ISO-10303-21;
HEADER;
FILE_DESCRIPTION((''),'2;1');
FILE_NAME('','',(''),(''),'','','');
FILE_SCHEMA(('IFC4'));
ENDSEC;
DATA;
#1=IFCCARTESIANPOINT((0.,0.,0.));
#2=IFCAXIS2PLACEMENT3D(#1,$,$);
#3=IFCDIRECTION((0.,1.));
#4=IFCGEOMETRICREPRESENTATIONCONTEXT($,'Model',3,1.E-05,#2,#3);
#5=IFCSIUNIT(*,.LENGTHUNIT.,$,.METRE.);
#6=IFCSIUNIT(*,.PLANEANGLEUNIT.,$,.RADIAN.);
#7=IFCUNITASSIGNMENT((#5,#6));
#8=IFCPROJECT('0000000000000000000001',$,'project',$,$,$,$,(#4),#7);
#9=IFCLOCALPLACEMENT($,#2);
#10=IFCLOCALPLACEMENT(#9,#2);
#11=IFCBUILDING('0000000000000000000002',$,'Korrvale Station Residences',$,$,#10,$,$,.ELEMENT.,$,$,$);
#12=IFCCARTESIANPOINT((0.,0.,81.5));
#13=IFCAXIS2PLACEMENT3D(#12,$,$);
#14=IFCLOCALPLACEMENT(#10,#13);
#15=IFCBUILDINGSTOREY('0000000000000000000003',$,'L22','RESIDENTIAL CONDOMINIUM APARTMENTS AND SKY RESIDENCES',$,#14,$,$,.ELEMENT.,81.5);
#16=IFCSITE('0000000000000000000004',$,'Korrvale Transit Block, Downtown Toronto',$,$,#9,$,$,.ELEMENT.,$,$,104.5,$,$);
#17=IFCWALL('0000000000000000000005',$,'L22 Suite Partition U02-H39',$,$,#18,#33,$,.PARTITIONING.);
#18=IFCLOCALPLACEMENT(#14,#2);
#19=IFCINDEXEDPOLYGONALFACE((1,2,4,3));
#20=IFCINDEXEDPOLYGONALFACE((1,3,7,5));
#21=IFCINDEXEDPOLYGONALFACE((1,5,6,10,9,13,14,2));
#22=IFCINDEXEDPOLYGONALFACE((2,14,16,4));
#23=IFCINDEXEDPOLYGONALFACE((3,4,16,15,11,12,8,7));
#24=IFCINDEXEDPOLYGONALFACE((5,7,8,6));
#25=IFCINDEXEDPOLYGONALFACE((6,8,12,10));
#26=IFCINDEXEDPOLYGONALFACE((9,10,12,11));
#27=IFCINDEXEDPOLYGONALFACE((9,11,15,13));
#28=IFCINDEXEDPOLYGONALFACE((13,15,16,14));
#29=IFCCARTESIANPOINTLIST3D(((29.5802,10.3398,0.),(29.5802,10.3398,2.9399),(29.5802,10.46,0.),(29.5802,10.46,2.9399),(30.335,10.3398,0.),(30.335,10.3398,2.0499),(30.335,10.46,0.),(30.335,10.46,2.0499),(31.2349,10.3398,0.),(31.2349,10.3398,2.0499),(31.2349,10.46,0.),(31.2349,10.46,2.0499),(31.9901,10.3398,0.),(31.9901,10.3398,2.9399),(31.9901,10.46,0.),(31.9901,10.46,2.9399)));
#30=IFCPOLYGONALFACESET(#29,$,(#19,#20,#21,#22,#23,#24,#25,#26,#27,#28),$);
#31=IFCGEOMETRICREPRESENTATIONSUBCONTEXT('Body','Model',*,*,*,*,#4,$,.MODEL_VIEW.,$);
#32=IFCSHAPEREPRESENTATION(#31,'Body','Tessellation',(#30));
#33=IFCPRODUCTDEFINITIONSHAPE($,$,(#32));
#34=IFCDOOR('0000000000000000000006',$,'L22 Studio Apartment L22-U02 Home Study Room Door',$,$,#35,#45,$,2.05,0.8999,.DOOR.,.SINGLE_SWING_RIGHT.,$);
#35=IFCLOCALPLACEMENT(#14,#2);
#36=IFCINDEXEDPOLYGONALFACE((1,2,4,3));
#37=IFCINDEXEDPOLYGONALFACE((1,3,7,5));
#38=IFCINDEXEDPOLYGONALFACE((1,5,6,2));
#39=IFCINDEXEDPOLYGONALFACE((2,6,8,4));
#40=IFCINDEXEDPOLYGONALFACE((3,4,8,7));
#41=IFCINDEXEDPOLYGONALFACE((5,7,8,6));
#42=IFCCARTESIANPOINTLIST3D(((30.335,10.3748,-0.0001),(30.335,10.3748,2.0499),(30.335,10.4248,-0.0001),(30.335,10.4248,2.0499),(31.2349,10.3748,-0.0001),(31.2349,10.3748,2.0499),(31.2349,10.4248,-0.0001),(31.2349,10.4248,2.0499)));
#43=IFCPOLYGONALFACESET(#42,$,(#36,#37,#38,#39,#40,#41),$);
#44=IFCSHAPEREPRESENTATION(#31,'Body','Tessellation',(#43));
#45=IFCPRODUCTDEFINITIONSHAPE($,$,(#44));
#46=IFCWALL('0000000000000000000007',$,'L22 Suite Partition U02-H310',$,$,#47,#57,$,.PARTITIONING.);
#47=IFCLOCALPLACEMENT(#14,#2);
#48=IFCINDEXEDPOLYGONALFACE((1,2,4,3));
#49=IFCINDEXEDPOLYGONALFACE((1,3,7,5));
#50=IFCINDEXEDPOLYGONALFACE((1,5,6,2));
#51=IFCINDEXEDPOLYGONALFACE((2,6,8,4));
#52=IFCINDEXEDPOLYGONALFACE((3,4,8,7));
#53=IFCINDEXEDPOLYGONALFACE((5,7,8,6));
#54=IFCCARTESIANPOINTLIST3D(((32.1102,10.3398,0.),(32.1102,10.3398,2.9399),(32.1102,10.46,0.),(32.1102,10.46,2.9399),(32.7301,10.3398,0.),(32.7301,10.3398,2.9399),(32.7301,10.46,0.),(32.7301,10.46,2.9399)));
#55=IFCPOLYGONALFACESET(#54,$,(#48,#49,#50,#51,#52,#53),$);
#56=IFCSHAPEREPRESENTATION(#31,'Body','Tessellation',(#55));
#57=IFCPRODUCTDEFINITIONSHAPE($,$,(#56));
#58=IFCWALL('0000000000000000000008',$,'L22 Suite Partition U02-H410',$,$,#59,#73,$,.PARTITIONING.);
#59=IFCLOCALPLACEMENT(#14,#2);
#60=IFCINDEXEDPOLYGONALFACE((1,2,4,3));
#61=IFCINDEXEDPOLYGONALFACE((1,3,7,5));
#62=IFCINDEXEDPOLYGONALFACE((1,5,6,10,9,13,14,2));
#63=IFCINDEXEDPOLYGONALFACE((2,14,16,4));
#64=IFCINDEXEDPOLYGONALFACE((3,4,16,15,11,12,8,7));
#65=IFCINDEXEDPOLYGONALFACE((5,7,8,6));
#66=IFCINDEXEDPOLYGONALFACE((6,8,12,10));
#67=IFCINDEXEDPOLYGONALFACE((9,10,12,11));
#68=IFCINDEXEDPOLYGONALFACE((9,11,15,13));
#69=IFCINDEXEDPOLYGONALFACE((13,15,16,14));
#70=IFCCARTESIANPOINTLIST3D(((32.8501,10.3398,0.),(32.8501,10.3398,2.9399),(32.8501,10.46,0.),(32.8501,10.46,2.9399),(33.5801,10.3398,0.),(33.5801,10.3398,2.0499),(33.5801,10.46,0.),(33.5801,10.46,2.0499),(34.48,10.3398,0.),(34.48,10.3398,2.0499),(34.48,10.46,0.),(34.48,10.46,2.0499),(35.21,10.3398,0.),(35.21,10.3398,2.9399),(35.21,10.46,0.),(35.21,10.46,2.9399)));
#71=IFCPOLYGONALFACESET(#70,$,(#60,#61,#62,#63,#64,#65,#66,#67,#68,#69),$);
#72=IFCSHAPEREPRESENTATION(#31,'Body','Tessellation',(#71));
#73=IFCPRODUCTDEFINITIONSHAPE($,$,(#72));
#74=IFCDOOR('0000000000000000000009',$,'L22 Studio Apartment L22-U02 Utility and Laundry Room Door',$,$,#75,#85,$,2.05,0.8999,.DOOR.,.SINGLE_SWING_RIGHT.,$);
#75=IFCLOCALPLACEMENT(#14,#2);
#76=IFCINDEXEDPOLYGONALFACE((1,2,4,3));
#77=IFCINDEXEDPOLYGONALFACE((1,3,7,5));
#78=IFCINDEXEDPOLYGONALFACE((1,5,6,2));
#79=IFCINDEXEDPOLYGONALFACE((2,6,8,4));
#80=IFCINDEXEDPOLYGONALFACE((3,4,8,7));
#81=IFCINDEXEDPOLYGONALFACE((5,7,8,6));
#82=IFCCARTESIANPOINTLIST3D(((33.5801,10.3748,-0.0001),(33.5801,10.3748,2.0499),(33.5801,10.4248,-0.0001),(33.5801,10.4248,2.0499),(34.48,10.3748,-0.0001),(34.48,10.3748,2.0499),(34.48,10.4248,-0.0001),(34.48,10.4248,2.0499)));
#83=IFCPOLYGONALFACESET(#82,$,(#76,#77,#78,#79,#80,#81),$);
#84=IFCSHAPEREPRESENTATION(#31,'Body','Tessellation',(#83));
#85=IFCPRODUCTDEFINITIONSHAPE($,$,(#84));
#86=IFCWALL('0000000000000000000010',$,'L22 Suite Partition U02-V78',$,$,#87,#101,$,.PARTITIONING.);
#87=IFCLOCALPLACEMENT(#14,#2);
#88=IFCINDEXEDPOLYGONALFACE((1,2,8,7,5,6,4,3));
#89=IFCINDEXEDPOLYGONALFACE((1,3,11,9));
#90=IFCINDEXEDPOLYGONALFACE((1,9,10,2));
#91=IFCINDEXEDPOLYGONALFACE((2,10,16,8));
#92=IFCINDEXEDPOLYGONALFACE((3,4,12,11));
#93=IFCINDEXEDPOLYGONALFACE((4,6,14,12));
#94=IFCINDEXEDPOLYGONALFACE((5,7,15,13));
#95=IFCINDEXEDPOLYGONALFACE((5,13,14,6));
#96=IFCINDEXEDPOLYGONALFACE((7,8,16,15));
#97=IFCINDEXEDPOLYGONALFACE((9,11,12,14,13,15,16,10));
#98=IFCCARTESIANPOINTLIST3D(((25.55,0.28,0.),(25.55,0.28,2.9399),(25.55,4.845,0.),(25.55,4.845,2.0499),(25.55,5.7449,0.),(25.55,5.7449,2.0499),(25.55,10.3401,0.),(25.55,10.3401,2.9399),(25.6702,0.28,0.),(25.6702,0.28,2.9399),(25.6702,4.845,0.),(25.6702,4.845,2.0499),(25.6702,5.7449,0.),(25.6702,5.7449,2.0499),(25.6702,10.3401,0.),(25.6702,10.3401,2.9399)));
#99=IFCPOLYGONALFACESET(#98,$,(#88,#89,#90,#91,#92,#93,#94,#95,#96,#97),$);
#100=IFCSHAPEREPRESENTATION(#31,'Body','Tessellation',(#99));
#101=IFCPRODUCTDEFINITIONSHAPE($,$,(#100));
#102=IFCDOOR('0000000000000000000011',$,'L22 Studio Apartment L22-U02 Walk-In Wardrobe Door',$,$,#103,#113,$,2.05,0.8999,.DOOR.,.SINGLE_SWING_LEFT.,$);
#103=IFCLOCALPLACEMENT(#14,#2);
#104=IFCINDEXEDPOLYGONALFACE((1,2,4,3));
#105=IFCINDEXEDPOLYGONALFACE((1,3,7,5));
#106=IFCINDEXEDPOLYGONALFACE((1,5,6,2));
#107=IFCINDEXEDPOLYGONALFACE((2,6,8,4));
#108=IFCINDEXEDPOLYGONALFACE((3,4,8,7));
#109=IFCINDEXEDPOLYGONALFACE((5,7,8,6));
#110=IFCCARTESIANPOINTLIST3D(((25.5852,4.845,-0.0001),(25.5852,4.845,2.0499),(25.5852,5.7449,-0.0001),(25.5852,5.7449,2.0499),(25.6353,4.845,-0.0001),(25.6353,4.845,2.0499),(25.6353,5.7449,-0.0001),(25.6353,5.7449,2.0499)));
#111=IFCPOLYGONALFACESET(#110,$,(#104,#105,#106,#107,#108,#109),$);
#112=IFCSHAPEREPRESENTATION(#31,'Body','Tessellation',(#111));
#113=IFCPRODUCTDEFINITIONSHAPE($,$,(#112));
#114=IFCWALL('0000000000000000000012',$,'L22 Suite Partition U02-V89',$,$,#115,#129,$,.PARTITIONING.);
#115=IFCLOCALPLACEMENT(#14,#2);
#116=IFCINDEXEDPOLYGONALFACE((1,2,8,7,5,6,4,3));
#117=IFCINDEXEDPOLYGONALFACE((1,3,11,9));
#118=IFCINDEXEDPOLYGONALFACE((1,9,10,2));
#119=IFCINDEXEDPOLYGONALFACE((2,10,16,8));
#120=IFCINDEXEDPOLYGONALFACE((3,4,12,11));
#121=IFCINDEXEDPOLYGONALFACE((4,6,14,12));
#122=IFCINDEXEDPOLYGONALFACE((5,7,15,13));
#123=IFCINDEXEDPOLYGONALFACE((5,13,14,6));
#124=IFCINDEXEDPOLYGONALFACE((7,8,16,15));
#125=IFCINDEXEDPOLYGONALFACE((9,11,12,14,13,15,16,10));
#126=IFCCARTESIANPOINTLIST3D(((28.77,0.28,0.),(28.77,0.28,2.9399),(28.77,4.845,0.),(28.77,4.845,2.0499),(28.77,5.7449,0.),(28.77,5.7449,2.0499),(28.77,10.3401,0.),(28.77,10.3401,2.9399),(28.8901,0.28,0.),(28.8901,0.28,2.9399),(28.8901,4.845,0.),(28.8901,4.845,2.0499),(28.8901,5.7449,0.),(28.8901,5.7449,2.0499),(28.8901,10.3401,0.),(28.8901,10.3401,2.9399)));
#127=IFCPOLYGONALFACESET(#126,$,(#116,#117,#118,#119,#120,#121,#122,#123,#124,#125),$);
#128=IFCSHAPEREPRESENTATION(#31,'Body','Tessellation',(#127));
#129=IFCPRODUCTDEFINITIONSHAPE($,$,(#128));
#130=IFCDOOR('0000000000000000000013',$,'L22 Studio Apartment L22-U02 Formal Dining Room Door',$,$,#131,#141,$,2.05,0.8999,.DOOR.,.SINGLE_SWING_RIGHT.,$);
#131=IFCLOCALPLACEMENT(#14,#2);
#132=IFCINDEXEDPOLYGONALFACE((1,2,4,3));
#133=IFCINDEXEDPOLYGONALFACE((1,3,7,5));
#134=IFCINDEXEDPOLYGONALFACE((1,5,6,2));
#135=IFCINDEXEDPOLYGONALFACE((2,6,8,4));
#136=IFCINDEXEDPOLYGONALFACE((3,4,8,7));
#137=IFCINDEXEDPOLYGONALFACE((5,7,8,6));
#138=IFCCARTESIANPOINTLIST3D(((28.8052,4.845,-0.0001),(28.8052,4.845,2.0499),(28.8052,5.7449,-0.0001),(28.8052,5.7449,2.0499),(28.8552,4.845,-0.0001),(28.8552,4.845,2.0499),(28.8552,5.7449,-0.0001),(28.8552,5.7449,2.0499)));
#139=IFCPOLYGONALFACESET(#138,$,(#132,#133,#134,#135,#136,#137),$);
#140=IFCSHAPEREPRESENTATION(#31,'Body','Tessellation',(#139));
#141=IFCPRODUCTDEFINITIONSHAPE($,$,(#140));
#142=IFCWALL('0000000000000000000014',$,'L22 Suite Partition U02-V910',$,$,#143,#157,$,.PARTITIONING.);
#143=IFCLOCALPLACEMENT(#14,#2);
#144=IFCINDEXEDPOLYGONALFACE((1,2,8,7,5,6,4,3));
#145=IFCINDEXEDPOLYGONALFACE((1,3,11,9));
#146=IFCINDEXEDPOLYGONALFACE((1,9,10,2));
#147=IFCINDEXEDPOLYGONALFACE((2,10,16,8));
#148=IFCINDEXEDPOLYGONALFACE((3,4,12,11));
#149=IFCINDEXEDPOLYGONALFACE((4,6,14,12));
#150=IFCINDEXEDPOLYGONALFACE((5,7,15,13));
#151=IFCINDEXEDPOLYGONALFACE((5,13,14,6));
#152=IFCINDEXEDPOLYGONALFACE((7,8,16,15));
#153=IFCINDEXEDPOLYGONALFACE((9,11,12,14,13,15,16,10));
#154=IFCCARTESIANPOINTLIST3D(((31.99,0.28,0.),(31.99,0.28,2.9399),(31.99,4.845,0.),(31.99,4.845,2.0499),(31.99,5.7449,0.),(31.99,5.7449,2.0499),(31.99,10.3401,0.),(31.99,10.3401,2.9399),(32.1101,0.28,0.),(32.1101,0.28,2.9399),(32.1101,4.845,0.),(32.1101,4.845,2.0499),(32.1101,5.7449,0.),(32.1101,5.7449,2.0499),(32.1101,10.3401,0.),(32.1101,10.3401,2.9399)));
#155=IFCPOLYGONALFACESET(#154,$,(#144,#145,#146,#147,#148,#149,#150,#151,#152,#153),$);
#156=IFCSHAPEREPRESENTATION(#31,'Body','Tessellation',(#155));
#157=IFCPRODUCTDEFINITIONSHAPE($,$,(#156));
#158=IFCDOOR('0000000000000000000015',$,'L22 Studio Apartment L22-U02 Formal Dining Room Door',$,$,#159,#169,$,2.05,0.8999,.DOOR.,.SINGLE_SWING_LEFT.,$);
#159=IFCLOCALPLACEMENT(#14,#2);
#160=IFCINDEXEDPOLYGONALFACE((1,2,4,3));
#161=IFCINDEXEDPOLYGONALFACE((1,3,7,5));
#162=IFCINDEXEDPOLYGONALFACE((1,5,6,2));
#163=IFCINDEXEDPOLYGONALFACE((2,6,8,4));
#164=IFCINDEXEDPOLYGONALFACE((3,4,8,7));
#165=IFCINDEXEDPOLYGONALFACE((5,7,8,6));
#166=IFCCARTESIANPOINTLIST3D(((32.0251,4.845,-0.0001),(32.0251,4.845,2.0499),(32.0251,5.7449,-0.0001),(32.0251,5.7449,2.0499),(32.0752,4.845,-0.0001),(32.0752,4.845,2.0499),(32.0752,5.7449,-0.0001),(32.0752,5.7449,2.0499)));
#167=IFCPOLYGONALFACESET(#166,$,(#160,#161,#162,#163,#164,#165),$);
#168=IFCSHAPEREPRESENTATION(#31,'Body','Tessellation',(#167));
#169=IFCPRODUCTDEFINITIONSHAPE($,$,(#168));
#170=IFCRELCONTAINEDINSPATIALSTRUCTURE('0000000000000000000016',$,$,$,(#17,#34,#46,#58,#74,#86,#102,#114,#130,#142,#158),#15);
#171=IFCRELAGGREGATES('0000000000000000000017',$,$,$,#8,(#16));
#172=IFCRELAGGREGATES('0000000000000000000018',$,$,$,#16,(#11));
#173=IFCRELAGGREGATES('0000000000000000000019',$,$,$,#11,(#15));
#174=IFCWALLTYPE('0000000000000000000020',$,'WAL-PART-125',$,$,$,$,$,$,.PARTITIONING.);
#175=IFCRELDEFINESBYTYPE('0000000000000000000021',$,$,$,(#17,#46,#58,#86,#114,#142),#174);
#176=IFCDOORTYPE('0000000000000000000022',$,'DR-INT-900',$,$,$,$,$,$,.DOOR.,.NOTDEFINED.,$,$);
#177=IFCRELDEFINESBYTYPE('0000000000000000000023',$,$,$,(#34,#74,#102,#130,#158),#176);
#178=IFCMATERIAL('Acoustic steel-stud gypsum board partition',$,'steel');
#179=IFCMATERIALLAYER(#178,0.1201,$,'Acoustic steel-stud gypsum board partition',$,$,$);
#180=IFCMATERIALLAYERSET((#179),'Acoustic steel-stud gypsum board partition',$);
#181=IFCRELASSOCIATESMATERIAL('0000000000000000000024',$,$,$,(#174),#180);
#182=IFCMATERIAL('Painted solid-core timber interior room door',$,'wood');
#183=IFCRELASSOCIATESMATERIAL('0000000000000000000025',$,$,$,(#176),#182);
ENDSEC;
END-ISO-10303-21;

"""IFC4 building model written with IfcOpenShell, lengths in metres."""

from ifc_helpers import new_model, si_unit, direction, frame, frame_2d, origin, place, context, subcontext, project, spatial, rectangle, extrude, material, layer, layer_set, type_object, element, fill, save


model = new_model("IFC4")

# Units and contexts
model_context = context("Model", 3, precision=1e-05, world=origin(), true_north=direction((0.0, 1.0)))
body_context = subcontext(model_context, "Body", "Model", "MODEL_VIEW")
ifc_project = project(units=[si_unit("LENGTHUNIT", "METRE"), si_unit("PLANEANGLEUNIT", "RADIAN")], contexts=[model_context])

# Site, building, storey
site_placement = place(None, origin())
site = spatial("IfcSite", under=ifc_project, at=site_placement, Name="Korrvale Transit Block, Downtown Toronto", CompositionType="ELEMENT", RefElevation=104.5)
building_placement = place(site_placement, origin())
building = spatial("IfcBuilding", under=site, at=building_placement, Name="Korrvale Station Residences", CompositionType="ELEMENT")
storey_placement = place(building_placement, frame((0.0, 0.0, 81.5)))
storey = spatial("IfcBuildingStorey", under=building, at=storey_placement, Name="L22", Description="RESIDENTIAL CONDOMINIUM APARTMENTS AND SKY RESIDENCES", CompositionType="ELEMENT", Elevation=81.5)

# Shared definitions
ifc_material_1 = material(Name="Acoustic steel-stud gypsum board partition", Category="steel")
ifc_layer_1 = layer(ifc_material_1, 0.1201, Name="Acoustic steel-stud gypsum board partition")
ifc_layer_set_1 = layer_set([ifc_layer_1], Name="Acoustic steel-stud gypsum board partition")
wall_type = type_object("IfcWallType", Name="WAL-PART-125", PredefinedType="PARTITIONING", material=ifc_layer_set_1)
ifc_material_2 = material(Name="Painted solid-core timber interior room door", Category="wood")
door_type = type_object("IfcDoorType", Name="DR-INT-900", OperationType="NOTDEFINED", PredefinedType="DOOR", material=ifc_material_2)

# Wall, opening, door
wall_1_placement = place(storey_placement, frame((29.5801, 10.3999, 0.0), z_axis=(0.0, 0.0, 1.0), x_axis=(1.0, 0.0, 0.0)))
wall_1 = element("IfcWall", 1, at=wall_1_placement, inside=storey, type_object=wall_type, Name="L22 Suite Partition U02-H39", PredefinedType="PARTITIONING", context=body_context, shape_type="SweptSolid", body=[
    extrude(rectangle(XDim=2.4099, YDim=0.1201, at=frame_2d((1.2051, 0.0))), origin(), (0.0, 0.0, 1.0), 2.9399),
])
opening_1_placement = place(wall_1_placement, frame((0.7549, 0.0, 0.0)))
opening_1 = element("IfcOpeningElement", 2, at=opening_1_placement, cuts=wall_1, PredefinedType="OPENING", context=body_context, shape_type="SweptSolid", body=[
    extrude(rectangle(XDim=0.8999, YDim=2.05, at=frame_2d((0.45, 1.0249))), frame((0.0, 0.0701, 0.0), z_axis=(0.0, -1.0, 0.0), x_axis=(1.0, 0.0, 0.0)), (0.0, 0.0, 1.0), 0.1401),
])
door_1_placement = place(opening_1_placement, origin())
door_1 = element("IfcDoor", 3, at=door_1_placement, inside=storey, type_object=door_type, Name="L22 Studio Apartment L22-U02 Home Study Room Door", OperationType="SINGLE_SWING_RIGHT", OverallHeight=2.05, OverallWidth=0.8999, PredefinedType="DOOR", context=body_context, shape_type="SweptSolid", body=[
    extrude(rectangle(XDim=0.8999, YDim=2.05, at=frame_2d((0.45, 1.0249))), frame((0.0, 0.0249, 0.0), z_axis=(0.0, -1.0, 0.0), x_axis=(1.0, 0.0, 0.0)), (0.0, 0.0, 1.0), 0.05),
])
fill(opening_1, door_1)

# Wall
wall_2_placement = place(storey_placement, frame((32.1101, 10.3999, 0.0), z_axis=(0.0, 0.0, 1.0), x_axis=(1.0, 0.0, 0.0)))
element("IfcWall", 4, at=wall_2_placement, inside=storey, type_object=wall_type, Name="L22 Suite Partition U02-H310", PredefinedType="PARTITIONING", context=body_context, shape_type="SweptSolid", body=[
    extrude(rectangle(XDim=0.6199, YDim=0.1201, at=frame_2d((0.3101, 0.0))), origin(), (0.0, 0.0, 1.0), 2.9399),
])

# Walls, openings, doors
wall_3_placement = place(storey_placement, frame((32.8501, 10.3999, 0.0), z_axis=(0.0, 0.0, 1.0), x_axis=(1.0, 0.0, 0.0)))
wall_3 = element("IfcWall", 5, at=wall_3_placement, inside=storey, type_object=wall_type, Name="L22 Suite Partition U02-H410", PredefinedType="PARTITIONING", context=body_context, shape_type="SweptSolid", body=[
    extrude(rectangle(XDim=2.3599, YDim=0.1201, at=frame_2d((1.1799, 0.0))), origin(), (0.0, 0.0, 1.0), 2.9399),
])
opening_2_placement = place(wall_3_placement, frame((0.73, 0.0, 0.0)))
opening_2 = element("IfcOpeningElement", 6, at=opening_2_placement, cuts=wall_3, PredefinedType="OPENING", context=body_context, shape_type="SweptSolid", body=[
    extrude(rectangle(XDim=0.8999, YDim=2.05, at=frame_2d((0.45, 1.0249))), frame((0.0, 0.0701, 0.0), z_axis=(0.0, -1.0, 0.0), x_axis=(1.0, 0.0, 0.0)), (0.0, 0.0, 1.0), 0.1401),
])
door_2_placement = place(opening_2_placement, origin())
door_2 = element("IfcDoor", 7, at=door_2_placement, inside=storey, type_object=door_type, Name="L22 Studio Apartment L22-U02 Utility and Laundry Room Door", OperationType="SINGLE_SWING_RIGHT", OverallHeight=2.05, OverallWidth=0.8999, PredefinedType="DOOR", context=body_context, shape_type="SweptSolid", body=[
    extrude(rectangle(XDim=0.8999, YDim=2.05, at=frame_2d((0.45, 1.0249))), frame((0.0, 0.0249, 0.0), z_axis=(0.0, -1.0, 0.0), x_axis=(1.0, 0.0, 0.0)), (0.0, 0.0, 1.0), 0.05),
])
fill(opening_2, door_2)
wall_4_placement = place(storey_placement, frame((25.6101, 0.28, 0.0), z_axis=(0.0, 0.0, 1.0), x_axis=(0.0, 1.0, 0.0)))
wall_4 = element("IfcWall", 8, at=wall_4_placement, inside=storey, type_object=wall_type, Name="L22 Suite Partition U02-V78", PredefinedType="PARTITIONING", context=body_context, shape_type="SweptSolid", body=[
    extrude(rectangle(XDim=10.0601, YDim=0.1201, at=frame_2d((5.03, 0.0))), origin(), (0.0, 0.0, 1.0), 2.9399),
])
opening_3_placement = place(wall_4_placement, frame((4.5649, 0.0, 0.0)))
opening_3 = element("IfcOpeningElement", 9, at=opening_3_placement, cuts=wall_4, PredefinedType="OPENING", context=body_context, shape_type="SweptSolid", body=[
    extrude(rectangle(XDim=0.8999, YDim=2.05, at=frame_2d((0.45, 1.0249))), frame((0.0, 0.0701, 0.0), z_axis=(0.0, -1.0, 0.0), x_axis=(1.0, 0.0, 0.0)), (0.0, 0.0, 1.0), 0.1401),
])
door_3_placement = place(opening_3_placement, origin())
door_3 = element("IfcDoor", 10, at=door_3_placement, inside=storey, type_object=door_type, Name="L22 Studio Apartment L22-U02 Walk-In Wardrobe Door", OperationType="SINGLE_SWING_LEFT", OverallHeight=2.05, OverallWidth=0.8999, PredefinedType="DOOR", context=body_context, shape_type="SweptSolid", body=[
    extrude(rectangle(XDim=0.8999, YDim=2.05, at=frame_2d((0.45, 1.0249))), frame((0.0, 0.0249, 0.0), z_axis=(0.0, -1.0, 0.0), x_axis=(1.0, 0.0, 0.0)), (0.0, 0.0, 1.0), 0.05),
])
fill(opening_3, door_3)
wall_5_placement = place(storey_placement, frame((28.8301, 0.28, 0.0), z_axis=(0.0, 0.0, 1.0), x_axis=(0.0, 1.0, 0.0)))
wall_5 = element("IfcWall", 11, at=wall_5_placement, inside=storey, type_object=wall_type, Name="L22 Suite Partition U02-V89", PredefinedType="PARTITIONING", context=body_context, shape_type="SweptSolid", body=[
    extrude(rectangle(XDim=10.0601, YDim=0.1201, at=frame_2d((5.03, 0.0))), origin(), (0.0, 0.0, 1.0), 2.9399),
])
opening_4_placement = place(wall_5_placement, frame((4.5649, 0.0, 0.0)))
opening_4 = element("IfcOpeningElement", 12, at=opening_4_placement, cuts=wall_5, PredefinedType="OPENING", context=body_context, shape_type="SweptSolid", body=[
    extrude(rectangle(XDim=0.8999, YDim=2.05, at=frame_2d((0.45, 1.0249))), frame((0.0, 0.0701, 0.0), z_axis=(0.0, -1.0, 0.0), x_axis=(1.0, 0.0, 0.0)), (0.0, 0.0, 1.0), 0.1401),
])
door_4_placement = place(opening_4_placement, origin())
door_4 = element("IfcDoor", 13, at=door_4_placement, inside=storey, type_object=door_type, Name="L22 Studio Apartment L22-U02 Formal Dining Room Door", OperationType="SINGLE_SWING_RIGHT", OverallHeight=2.05, OverallWidth=0.8999, PredefinedType="DOOR", context=body_context, shape_type="SweptSolid", body=[
    extrude(rectangle(XDim=0.8999, YDim=2.05, at=frame_2d((0.45, 1.0249))), frame((0.0, 0.0249, 0.0), z_axis=(0.0, -1.0, 0.0), x_axis=(1.0, 0.0, 0.0)), (0.0, 0.0, 1.0), 0.05),
])
fill(opening_4, door_4)
wall_6_placement = place(storey_placement, frame((32.05, 0.28, 0.0), z_axis=(0.0, 0.0, 1.0), x_axis=(0.0, 1.0, 0.0)))
wall_6 = element("IfcWall", 14, at=wall_6_placement, inside=storey, type_object=wall_type, Name="L22 Suite Partition U02-V910", PredefinedType="PARTITIONING", context=body_context, shape_type="SweptSolid", body=[
    extrude(rectangle(XDim=10.0601, YDim=0.1201, at=frame_2d((5.03, 0.0))), origin(), (0.0, 0.0, 1.0), 2.9399),
])
opening_5_placement = place(wall_6_placement, frame((4.5649, 0.0, 0.0)))
opening_5 = element("IfcOpeningElement", 15, at=opening_5_placement, cuts=wall_6, PredefinedType="OPENING", context=body_context, shape_type="SweptSolid", body=[
    extrude(rectangle(XDim=0.8999, YDim=2.05, at=frame_2d((0.45, 1.0249))), frame((0.0, 0.0701, 0.0), z_axis=(0.0, -1.0, 0.0), x_axis=(1.0, 0.0, 0.0)), (0.0, 0.0, 1.0), 0.1401),
])
door_5_placement = place(opening_5_placement, origin())
door_5 = element("IfcDoor", 16, at=door_5_placement, inside=storey, type_object=door_type, Name="L22 Studio Apartment L22-U02 Formal Dining Room Door", OperationType="SINGLE_SWING_LEFT", OverallHeight=2.05, OverallWidth=0.8999, PredefinedType="DOOR", context=body_context, shape_type="SweptSolid", body=[
    extrude(rectangle(XDim=0.8999, YDim=2.05, at=frame_2d((0.45, 1.0249))), frame((0.0, 0.0249, 0.0), z_axis=(0.0, -1.0, 0.0), x_axis=(1.0, 0.0, 0.0)), (0.0, 0.0, 1.0), 0.05),
])
fill(opening_5, door_5)

save(model, "model.ifc")
